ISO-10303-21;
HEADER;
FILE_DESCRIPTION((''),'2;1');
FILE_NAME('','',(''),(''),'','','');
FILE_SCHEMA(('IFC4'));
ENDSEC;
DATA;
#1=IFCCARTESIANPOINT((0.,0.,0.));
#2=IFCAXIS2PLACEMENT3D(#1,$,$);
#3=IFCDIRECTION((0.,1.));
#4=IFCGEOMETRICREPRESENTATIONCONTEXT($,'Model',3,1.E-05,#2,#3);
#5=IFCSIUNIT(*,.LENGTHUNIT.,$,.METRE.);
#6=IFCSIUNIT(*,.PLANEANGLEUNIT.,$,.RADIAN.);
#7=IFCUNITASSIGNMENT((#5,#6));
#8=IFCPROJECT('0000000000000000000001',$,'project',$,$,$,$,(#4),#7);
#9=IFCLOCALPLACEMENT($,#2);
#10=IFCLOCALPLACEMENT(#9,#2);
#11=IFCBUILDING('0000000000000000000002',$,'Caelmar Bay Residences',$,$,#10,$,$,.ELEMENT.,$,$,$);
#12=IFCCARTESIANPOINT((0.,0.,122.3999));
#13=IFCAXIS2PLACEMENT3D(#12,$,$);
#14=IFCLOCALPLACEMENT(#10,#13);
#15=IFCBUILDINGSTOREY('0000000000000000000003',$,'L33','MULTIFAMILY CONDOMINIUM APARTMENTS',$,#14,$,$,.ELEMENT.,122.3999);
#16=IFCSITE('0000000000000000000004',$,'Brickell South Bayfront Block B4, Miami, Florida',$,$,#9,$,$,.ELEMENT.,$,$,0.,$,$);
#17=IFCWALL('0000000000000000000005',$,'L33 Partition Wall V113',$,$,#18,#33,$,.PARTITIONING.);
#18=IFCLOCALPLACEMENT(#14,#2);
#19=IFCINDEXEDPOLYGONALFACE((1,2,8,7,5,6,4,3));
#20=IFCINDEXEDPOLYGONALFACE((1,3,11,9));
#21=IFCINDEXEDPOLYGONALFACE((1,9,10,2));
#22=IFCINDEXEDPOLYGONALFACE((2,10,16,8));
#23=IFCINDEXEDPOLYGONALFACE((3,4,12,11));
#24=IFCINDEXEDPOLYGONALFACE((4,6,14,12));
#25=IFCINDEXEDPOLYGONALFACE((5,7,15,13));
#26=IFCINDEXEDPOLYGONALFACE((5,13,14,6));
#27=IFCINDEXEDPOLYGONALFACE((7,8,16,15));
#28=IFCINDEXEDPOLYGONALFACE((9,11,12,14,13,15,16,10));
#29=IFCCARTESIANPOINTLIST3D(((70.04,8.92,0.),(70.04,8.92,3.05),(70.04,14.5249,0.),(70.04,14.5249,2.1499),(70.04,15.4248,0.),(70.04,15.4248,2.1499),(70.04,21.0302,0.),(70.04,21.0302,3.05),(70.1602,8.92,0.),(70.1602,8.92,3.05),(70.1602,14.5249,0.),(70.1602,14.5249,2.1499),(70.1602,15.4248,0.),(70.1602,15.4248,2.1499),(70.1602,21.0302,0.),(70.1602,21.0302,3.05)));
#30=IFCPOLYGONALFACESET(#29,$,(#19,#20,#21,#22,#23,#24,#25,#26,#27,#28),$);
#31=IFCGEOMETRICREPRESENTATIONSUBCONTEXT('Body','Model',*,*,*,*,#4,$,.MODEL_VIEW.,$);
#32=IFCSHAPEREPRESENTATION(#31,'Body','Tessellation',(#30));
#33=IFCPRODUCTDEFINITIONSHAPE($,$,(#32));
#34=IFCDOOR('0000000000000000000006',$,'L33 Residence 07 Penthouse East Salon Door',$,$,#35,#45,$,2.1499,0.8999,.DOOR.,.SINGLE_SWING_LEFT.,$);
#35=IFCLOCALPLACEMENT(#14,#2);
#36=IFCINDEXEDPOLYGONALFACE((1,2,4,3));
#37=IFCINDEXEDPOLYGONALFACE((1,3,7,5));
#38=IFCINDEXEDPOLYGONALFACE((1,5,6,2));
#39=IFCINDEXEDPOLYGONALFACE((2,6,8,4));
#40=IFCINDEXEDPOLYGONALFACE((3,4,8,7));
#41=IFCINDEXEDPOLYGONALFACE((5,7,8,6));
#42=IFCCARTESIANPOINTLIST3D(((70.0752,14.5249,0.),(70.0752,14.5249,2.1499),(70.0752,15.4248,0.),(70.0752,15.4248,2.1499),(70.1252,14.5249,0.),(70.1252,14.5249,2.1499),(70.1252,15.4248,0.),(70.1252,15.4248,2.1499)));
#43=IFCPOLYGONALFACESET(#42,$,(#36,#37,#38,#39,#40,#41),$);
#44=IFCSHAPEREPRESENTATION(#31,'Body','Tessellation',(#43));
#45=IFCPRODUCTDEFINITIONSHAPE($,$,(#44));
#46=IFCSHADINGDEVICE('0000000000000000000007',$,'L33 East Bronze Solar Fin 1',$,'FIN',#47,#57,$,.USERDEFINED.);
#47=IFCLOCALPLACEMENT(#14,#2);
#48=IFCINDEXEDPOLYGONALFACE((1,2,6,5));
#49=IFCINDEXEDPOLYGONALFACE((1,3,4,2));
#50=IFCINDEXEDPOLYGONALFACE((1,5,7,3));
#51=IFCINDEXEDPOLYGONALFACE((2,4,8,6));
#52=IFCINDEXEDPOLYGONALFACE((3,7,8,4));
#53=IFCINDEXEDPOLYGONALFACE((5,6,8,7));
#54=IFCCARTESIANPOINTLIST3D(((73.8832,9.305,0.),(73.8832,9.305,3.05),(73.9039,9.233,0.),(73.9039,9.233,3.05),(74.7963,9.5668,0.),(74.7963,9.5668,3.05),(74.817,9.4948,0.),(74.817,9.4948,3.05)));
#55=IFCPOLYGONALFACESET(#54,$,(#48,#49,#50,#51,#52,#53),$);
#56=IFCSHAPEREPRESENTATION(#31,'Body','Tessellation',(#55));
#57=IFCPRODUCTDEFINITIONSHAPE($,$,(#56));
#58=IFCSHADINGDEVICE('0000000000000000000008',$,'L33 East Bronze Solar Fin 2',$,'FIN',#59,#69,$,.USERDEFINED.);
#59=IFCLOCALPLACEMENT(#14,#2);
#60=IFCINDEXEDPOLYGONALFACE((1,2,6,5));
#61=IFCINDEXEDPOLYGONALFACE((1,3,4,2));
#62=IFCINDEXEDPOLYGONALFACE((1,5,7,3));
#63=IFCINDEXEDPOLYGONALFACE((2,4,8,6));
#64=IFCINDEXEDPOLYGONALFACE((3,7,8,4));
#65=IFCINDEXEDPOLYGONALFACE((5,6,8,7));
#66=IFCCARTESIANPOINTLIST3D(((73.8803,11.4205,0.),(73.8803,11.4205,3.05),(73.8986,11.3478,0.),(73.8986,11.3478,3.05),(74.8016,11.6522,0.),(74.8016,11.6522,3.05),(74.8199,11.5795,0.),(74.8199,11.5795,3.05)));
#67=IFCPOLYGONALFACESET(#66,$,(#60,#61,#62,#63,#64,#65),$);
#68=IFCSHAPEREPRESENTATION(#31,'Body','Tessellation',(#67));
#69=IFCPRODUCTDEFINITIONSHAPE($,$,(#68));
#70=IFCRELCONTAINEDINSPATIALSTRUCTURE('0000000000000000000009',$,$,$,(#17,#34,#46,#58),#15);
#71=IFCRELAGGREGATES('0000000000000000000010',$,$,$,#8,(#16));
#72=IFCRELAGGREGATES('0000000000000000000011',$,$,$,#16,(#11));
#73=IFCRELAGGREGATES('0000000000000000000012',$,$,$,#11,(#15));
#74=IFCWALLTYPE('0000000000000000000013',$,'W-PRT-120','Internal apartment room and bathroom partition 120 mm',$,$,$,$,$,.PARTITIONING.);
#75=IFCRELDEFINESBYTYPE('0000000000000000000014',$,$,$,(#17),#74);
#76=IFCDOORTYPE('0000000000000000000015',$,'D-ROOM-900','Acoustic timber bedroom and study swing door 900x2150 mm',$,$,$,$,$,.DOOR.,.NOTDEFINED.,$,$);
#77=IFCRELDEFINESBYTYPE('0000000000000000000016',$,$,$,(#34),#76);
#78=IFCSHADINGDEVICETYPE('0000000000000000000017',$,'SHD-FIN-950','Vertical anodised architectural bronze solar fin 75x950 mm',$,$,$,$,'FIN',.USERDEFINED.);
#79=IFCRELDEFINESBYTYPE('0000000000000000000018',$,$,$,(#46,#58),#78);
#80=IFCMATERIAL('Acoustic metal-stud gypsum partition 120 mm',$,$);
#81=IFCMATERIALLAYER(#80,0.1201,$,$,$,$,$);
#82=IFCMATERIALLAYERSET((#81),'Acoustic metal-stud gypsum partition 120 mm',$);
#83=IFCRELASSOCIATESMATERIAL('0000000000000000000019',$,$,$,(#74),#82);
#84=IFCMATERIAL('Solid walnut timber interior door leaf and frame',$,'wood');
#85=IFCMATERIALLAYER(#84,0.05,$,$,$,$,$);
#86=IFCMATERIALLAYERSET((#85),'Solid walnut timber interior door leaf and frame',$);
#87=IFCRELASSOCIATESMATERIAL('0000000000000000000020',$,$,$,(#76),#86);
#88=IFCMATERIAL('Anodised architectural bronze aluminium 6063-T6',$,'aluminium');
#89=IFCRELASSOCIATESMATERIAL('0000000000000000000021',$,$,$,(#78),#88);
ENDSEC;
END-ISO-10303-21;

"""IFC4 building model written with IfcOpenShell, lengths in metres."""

from ifc_helpers import new_model, si_unit, direction, frame, frame_2d, origin, origin_2d, place, context, subcontext, project, spatial, rectangle, extrude, material, layer, layer_set, material_profile, profile_set, type_object, element, fill, save


model = new_model("IFC4")

# Units and contexts
model_context = context("Model", 3, precision=1e-05, world=origin(), true_north=direction((0.0, 1.0)))
body_context = subcontext(model_context, "Body", "Model", "MODEL_VIEW")
ifc_project = project(units=[si_unit("LENGTHUNIT", "METRE"), si_unit("PLANEANGLEUNIT", "RADIAN")], contexts=[model_context])

# Site, building, storey
site_placement = place(None, origin())
site = spatial("IfcSite", under=ifc_project, at=site_placement, Name="Brickell South Bayfront Block B4, Miami, Florida", CompositionType="ELEMENT", RefElevation=0.0)
building_placement = place(site_placement, origin())
building = spatial("IfcBuilding", under=site, at=building_placement, Name="Caelmar Bay Residences", CompositionType="ELEMENT")
storey_placement = place(building_placement, frame((0.0, 0.0, 122.3999)))
storey = spatial("IfcBuildingStorey", under=building, at=storey_placement, Name="L33", Description="MULTIFAMILY CONDOMINIUM APARTMENTS", CompositionType="ELEMENT", Elevation=122.3999)

# Wall, opening, door
ifc_material_1 = material(Name="Acoustic metal-stud gypsum partition 120 mm")
ifc_layer_1 = layer(ifc_material_1, 0.1201)
ifc_layer_set_1 = layer_set([ifc_layer_1], Name="Acoustic metal-stud gypsum partition 120 mm")
wall_type_1 = type_object("IfcWallType", Name="W-PRT-120", Description="Internal apartment room and bathroom partition 120 mm", PredefinedType="PARTITIONING", material=ifc_layer_set_1)
wall_1_placement = place(storey_placement, frame((70.1001, 8.9199, 0.0), z_axis=(0.0, 0.0, 1.0), x_axis=(0.0, 1.0, 0.0)))
wall_1 = element("IfcWall", 1, at=wall_1_placement, inside=storey, type_object=wall_type_1, Name="L33 Partition Wall V113", PredefinedType="PARTITIONING", context=body_context, shape_type="SweptSolid", body=[
    extrude(rectangle(XDim=12.1101, YDim=0.1201, at=frame_2d((6.0552, 0.0))), origin(), (0.0, 0.0, 1.0), 3.05),
])
opening_placement = place(wall_1_placement, frame((5.605, 0.0, 0.0)))
opening = element("IfcOpeningElement", 2, at=opening_placement, cuts=wall_1, PredefinedType="OPENING", context=body_context, shape_type="SweptSolid", body=[
    extrude(rectangle(XDim=0.8999, YDim=2.1499, at=frame_2d((0.45, 1.075))), frame((0.0, 0.0701, 0.0), z_axis=(0.0, -1.0, 0.0), x_axis=(1.0, 0.0, 0.0)), (0.0, 0.0, 1.0), 0.1401),
])
ifc_material_2 = material(Name="Solid walnut timber interior door leaf and frame", Category="wood")
ifc_layer_2 = layer(ifc_material_2, 0.05)
ifc_layer_set_2 = layer_set([ifc_layer_2], Name="Solid walnut timber interior door leaf and frame")
door_type = type_object("IfcDoorType", Name="D-ROOM-900", Description="Acoustic timber bedroom and study swing door 900x2150 mm", OperationType="NOTDEFINED", PredefinedType="DOOR", material=ifc_layer_set_2)
door_placement = place(opening_placement, origin())
door = element("IfcDoor", 3, at=door_placement, inside=storey, type_object=door_type, Name="L33 Residence 07 Penthouse East Salon Door", OperationType="SINGLE_SWING_LEFT", OverallHeight=2.1499, OverallWidth=0.8999, PredefinedType="DOOR", context=body_context, shape_type="SweptSolid", body=[
    extrude(rectangle(XDim=0.8999, YDim=2.1499, at=frame_2d((0.45, 1.075))), frame((0.0, 0.0249, 0.0), z_axis=(0.0, -1.0, 0.0), x_axis=(1.0, 0.0, 0.0)), (0.0, 0.0, 1.0), 0.05),
])
fill(opening, door)

# Shading devices
ifc_material_3 = material(Name="Anodised architectural bronze aluminium 6063-T6", Category="aluminium")
ifc_material_profile_1 = material_profile(ifc_material_3, rectangle(XDim=0.075, YDim=0.95, at=origin_2d()), Name="BRONZE-FIN-75X950")
ifc_profile_set_1 = profile_set([ifc_material_profile_1], Name="Anodised architectural bronze aluminium 6063-T6")
shading_device_type = type_object("IfcShadingDeviceType", Name="SHD-FIN-950", Description="Vertical anodised architectural bronze solar fin 75x950 mm", ElementType="FIN", PredefinedType="USERDEFINED", material=ifc_profile_set_1)
for number, where, z_axis, x_axis, name in (
    (4, (74.3501, 9.3999, 0.0), (0.0, 0.0, 1.0), (-0.275637, 0.961262, 0.0), "L33 East Bronze Solar Fin 1"),
    (5, (74.3501, 11.5, 0.0), (0.0, 0.0, 1.0), (-0.243954, 0.969787, 0.0), "L33 East Bronze Solar Fin 2"),
):
    element("IfcShadingDevice", number, at=place(storey_placement, frame(where, z_axis=z_axis, x_axis=x_axis)), inside=storey, type_object=shading_device_type, Name=name, ObjectType="FIN", PredefinedType="USERDEFINED", context=body_context, shape_type="SweptSolid", body=[
        extrude(rectangle(XDim=0.075, YDim=0.95, at=origin_2d()), origin(), (0.0, 0.0, 1.0), 3.05),
    ])

save(model, "model.ifc")
